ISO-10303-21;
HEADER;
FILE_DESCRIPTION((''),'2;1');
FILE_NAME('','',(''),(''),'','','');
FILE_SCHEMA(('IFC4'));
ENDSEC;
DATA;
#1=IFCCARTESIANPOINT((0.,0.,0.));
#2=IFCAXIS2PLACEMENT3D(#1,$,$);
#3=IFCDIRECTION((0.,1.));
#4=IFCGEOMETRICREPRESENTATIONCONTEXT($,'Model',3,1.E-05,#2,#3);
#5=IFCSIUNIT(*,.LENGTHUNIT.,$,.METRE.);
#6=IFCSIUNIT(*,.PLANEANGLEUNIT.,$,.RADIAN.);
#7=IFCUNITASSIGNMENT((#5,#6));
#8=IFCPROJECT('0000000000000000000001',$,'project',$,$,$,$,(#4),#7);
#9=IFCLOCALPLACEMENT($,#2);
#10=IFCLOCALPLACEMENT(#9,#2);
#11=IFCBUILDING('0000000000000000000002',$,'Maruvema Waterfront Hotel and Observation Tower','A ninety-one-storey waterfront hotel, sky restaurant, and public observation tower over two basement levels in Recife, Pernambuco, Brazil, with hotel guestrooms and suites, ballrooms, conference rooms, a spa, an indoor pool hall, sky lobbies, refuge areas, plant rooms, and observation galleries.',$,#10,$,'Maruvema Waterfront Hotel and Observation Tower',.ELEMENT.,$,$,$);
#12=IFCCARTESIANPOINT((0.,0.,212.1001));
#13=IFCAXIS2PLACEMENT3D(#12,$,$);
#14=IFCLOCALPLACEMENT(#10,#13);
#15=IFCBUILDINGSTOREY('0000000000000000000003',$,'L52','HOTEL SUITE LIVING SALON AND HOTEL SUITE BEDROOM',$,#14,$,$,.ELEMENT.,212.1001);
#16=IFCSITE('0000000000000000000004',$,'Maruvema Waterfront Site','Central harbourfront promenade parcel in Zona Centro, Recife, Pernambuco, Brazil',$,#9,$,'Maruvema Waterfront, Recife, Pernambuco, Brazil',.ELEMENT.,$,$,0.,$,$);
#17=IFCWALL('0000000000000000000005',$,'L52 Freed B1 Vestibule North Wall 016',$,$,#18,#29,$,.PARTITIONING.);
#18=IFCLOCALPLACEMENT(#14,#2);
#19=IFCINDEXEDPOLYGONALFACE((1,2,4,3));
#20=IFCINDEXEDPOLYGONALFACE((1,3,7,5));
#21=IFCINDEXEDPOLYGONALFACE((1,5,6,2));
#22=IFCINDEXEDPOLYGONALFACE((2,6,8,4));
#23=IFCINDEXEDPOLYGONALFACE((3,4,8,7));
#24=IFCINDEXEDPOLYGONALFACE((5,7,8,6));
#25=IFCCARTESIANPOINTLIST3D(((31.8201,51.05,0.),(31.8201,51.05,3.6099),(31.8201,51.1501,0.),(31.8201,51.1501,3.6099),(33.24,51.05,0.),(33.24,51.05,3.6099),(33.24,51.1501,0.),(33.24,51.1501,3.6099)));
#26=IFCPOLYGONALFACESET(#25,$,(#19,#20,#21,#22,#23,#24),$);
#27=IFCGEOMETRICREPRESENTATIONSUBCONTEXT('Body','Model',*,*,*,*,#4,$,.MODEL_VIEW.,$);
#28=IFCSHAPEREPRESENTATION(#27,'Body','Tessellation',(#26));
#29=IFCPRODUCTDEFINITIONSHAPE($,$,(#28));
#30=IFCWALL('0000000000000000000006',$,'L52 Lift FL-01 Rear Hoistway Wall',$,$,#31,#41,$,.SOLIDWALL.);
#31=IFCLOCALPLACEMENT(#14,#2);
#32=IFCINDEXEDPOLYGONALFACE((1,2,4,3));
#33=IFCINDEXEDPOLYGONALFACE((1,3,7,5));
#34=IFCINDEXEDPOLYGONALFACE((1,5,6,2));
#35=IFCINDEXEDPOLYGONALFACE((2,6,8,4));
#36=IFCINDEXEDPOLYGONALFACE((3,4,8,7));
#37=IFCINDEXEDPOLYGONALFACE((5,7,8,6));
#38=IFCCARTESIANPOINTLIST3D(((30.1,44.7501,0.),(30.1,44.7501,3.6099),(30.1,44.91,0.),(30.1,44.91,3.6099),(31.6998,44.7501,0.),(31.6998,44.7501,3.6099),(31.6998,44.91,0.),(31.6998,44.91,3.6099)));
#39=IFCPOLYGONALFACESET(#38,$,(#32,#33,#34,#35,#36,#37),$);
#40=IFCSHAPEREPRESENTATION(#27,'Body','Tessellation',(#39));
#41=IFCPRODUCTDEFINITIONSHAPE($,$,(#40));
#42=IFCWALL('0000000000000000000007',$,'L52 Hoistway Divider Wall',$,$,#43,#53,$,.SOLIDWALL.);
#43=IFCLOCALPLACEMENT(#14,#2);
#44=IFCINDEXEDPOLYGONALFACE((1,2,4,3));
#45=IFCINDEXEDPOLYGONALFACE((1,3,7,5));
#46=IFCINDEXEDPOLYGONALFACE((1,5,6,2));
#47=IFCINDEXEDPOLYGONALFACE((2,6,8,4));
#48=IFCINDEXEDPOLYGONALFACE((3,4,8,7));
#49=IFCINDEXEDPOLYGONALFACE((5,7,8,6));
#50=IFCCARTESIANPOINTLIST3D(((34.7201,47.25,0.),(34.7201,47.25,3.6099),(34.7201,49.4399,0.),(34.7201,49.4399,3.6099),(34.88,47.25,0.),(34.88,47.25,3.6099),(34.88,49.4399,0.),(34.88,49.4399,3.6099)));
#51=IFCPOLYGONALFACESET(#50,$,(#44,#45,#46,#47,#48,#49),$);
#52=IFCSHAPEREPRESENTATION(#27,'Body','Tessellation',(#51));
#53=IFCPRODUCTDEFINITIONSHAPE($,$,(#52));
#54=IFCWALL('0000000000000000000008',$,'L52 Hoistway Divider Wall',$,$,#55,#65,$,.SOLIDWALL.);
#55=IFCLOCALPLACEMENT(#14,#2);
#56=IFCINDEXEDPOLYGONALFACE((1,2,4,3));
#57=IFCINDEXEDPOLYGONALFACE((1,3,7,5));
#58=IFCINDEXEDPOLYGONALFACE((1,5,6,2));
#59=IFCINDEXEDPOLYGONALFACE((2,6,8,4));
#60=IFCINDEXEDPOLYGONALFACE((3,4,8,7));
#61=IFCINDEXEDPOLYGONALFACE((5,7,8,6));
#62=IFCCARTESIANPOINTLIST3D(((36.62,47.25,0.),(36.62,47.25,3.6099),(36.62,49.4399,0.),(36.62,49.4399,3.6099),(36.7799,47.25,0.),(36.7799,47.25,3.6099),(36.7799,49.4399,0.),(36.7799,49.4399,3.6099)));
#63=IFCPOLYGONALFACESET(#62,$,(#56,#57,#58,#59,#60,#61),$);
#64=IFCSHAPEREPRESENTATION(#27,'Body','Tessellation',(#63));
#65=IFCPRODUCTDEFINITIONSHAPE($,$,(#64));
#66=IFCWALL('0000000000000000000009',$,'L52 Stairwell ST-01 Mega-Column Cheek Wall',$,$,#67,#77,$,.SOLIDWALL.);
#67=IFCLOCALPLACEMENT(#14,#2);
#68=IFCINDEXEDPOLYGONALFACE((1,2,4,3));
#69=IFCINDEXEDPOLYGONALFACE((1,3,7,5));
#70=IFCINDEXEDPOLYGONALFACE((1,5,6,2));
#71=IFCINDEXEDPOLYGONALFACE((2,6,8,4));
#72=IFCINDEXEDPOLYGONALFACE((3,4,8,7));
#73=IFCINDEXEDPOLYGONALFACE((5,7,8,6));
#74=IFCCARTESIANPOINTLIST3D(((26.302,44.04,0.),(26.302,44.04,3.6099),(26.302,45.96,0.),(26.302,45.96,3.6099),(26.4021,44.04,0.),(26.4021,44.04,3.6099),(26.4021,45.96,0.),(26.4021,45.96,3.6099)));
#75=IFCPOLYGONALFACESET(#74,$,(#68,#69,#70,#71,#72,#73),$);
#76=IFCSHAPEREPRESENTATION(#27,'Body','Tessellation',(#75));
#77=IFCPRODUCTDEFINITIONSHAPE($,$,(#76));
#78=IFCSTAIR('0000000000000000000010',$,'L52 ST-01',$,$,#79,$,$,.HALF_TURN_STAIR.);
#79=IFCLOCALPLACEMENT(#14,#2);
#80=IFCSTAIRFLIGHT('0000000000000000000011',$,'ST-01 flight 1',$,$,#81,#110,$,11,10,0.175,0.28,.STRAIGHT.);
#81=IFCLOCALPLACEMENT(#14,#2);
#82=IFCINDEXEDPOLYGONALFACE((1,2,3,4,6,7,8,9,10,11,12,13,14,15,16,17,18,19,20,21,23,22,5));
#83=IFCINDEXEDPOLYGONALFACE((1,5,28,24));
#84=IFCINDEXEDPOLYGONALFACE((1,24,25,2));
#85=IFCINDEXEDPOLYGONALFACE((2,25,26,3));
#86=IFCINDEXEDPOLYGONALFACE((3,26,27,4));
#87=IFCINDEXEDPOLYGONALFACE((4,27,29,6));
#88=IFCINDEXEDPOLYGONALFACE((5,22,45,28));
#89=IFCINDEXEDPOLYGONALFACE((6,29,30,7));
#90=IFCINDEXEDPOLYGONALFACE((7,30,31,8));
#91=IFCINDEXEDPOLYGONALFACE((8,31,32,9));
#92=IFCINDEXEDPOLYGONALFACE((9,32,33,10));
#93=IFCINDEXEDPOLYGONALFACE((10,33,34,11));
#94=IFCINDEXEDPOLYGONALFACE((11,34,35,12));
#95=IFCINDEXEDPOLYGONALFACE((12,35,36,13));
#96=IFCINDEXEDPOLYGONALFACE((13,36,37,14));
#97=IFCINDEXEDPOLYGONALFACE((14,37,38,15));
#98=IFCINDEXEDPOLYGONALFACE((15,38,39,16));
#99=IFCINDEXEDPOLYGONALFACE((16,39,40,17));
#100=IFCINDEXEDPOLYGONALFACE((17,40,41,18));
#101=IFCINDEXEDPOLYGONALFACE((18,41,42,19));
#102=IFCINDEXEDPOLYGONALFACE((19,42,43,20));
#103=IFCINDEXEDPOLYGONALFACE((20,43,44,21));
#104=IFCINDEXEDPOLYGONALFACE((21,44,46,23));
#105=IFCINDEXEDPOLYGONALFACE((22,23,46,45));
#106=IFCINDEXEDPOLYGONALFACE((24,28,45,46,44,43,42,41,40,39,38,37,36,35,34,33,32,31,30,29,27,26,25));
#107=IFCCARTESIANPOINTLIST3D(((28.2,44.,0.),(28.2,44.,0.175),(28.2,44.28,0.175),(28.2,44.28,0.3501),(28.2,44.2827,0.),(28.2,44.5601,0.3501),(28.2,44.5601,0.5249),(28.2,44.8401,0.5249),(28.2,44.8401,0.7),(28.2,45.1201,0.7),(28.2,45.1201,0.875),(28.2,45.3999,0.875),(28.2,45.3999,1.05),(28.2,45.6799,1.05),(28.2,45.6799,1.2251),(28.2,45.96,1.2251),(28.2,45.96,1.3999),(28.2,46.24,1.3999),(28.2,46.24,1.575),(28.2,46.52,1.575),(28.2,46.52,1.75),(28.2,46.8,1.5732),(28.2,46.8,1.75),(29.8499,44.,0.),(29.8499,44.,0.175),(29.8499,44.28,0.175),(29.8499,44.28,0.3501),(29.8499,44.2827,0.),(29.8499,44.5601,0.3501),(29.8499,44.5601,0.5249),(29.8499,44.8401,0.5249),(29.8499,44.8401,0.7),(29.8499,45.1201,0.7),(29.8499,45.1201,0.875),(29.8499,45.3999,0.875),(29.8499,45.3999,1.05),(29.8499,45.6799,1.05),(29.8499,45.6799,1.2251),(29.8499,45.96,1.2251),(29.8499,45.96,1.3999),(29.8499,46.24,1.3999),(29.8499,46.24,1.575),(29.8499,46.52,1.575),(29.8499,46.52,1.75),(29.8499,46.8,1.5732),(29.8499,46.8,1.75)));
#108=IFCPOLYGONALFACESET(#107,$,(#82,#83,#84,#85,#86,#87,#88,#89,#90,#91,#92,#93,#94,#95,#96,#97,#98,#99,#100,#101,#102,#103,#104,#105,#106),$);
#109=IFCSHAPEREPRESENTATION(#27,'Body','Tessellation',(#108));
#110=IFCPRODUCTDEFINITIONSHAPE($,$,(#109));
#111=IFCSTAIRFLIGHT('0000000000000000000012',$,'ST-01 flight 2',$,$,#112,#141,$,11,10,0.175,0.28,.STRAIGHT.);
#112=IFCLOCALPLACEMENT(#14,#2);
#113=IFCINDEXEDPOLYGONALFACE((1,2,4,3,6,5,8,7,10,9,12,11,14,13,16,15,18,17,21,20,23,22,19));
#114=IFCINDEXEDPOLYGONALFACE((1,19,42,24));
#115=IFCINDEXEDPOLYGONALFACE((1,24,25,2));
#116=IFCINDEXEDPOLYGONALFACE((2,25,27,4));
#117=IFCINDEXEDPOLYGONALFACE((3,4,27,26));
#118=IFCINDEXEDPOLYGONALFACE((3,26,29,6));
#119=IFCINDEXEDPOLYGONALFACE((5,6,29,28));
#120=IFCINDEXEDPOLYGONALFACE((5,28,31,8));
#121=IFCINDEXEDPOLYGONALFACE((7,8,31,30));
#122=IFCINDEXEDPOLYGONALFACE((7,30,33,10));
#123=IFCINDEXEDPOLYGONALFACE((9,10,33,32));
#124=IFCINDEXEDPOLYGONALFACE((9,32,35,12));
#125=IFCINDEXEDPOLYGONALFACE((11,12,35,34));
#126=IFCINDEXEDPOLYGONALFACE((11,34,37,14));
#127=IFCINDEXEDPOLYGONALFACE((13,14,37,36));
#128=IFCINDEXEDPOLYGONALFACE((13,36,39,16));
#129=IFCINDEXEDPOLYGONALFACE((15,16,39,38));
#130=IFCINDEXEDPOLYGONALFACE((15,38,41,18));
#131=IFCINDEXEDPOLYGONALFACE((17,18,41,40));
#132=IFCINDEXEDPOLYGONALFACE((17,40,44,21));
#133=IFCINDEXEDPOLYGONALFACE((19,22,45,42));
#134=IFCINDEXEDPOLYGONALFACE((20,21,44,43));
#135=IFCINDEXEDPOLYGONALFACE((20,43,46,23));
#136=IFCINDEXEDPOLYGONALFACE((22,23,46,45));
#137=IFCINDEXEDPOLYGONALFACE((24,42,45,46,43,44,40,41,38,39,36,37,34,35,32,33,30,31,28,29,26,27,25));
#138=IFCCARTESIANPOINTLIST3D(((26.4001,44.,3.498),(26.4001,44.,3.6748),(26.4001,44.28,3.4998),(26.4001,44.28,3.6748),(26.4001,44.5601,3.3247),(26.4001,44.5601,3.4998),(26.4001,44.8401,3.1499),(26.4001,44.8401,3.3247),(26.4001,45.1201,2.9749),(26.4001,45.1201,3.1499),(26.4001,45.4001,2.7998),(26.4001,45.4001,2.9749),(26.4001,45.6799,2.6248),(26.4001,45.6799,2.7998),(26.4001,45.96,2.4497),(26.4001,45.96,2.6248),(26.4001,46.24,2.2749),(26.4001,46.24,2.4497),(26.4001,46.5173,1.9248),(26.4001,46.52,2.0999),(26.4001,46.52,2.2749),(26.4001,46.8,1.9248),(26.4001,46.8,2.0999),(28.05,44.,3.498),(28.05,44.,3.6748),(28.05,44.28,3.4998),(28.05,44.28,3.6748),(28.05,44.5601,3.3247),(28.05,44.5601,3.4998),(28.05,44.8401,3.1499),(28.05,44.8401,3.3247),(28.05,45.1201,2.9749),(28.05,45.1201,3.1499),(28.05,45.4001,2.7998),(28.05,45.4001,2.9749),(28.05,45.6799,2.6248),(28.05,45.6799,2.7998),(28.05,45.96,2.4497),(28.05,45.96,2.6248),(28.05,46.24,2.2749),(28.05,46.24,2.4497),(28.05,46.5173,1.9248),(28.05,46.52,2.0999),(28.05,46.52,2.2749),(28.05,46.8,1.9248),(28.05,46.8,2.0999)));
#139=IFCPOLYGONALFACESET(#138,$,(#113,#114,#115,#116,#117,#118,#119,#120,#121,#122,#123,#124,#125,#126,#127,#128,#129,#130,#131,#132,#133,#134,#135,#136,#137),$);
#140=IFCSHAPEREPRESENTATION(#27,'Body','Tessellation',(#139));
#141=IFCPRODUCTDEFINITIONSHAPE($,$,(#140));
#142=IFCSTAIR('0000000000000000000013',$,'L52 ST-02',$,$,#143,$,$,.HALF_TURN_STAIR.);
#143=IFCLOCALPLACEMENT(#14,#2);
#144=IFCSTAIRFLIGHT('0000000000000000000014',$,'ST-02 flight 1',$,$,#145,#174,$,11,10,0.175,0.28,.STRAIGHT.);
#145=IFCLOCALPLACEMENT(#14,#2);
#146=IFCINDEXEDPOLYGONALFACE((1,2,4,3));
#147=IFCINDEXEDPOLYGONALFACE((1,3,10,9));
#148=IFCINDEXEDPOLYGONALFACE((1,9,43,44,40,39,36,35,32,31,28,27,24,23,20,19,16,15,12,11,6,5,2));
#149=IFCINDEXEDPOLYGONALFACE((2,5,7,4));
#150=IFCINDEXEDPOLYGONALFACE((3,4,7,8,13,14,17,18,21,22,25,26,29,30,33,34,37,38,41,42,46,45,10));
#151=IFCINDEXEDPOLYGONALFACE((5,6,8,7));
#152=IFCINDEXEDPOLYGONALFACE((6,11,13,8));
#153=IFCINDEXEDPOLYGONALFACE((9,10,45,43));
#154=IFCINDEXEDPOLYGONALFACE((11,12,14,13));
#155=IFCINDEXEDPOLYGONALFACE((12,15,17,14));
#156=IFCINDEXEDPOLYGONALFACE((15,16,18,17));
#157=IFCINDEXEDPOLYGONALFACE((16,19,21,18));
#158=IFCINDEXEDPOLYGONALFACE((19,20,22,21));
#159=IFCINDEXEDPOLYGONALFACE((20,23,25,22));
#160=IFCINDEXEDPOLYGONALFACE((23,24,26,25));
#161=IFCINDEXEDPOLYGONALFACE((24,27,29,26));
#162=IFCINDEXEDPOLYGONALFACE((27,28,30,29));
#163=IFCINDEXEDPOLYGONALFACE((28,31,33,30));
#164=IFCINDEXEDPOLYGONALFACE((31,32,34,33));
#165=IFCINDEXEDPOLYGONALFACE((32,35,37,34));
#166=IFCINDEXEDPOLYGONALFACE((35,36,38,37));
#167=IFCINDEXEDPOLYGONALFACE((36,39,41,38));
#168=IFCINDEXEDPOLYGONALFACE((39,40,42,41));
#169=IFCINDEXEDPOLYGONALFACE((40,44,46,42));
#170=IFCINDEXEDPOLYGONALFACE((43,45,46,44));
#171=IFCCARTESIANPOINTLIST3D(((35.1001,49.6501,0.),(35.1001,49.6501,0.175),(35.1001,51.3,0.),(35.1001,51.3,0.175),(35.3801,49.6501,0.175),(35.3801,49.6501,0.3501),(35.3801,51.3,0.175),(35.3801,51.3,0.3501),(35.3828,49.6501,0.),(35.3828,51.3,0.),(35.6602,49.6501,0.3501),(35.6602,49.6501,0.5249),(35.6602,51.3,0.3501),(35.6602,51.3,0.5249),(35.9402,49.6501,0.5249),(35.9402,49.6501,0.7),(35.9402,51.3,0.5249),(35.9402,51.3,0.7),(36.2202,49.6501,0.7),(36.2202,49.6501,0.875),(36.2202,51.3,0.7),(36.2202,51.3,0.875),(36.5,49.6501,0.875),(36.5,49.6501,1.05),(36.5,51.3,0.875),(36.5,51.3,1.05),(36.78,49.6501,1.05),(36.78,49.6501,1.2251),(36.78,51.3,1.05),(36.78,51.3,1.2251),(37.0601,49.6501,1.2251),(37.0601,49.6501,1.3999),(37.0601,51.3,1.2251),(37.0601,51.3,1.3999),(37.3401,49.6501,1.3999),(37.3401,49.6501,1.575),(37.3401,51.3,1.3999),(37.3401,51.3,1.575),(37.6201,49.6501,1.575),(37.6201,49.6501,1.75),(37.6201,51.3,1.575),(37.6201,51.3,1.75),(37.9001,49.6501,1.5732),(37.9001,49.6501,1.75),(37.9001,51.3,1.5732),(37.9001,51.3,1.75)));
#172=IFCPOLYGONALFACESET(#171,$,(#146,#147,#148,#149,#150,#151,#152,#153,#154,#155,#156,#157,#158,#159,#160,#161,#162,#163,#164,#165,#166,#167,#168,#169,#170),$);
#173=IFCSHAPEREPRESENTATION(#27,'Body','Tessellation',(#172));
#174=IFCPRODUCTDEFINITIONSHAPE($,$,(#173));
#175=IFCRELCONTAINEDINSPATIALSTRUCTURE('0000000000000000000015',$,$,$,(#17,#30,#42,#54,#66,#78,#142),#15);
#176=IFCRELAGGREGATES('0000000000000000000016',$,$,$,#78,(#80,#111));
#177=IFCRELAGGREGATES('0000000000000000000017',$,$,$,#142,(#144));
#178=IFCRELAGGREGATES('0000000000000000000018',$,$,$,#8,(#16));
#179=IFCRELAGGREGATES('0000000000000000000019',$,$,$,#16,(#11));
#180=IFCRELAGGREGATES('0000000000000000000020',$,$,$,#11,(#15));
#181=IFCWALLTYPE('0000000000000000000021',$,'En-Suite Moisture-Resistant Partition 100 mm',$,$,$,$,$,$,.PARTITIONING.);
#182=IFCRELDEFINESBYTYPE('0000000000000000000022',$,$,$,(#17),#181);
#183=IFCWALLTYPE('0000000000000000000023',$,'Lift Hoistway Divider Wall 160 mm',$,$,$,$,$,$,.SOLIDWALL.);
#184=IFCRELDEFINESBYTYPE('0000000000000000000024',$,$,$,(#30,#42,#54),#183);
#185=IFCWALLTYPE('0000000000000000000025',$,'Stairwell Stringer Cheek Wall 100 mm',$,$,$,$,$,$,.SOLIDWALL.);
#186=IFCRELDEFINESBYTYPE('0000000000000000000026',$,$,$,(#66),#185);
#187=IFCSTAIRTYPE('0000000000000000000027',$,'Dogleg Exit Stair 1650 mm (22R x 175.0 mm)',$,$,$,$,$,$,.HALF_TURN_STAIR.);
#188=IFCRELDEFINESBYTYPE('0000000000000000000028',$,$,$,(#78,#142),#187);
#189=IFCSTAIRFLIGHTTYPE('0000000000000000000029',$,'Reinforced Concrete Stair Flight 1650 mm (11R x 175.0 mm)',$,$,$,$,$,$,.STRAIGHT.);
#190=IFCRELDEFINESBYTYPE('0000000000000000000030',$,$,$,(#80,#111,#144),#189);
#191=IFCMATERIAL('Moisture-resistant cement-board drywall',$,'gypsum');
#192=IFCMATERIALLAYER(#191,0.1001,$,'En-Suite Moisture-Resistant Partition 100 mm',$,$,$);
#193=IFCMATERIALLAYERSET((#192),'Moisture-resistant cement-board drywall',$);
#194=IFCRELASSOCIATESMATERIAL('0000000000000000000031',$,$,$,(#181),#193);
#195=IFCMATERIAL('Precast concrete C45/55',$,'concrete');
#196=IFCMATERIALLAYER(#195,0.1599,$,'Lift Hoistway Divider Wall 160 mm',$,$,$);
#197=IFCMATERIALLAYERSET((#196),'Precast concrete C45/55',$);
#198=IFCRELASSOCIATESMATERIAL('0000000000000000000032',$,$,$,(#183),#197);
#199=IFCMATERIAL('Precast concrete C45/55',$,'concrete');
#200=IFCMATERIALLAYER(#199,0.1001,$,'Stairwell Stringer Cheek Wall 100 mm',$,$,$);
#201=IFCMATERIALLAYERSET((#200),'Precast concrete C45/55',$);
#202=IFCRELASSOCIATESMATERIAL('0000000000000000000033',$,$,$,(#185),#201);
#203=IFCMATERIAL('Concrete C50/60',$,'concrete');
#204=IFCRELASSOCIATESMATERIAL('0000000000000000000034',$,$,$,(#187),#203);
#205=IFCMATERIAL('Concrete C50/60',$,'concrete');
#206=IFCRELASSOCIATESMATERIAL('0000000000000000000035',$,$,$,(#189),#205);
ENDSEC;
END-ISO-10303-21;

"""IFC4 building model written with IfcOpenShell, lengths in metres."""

from ifc_helpers import new_model, si_unit, direction, frame, frame_2d, origin, place, context, subcontext, project, spatial, polyline, rectangle, outline, extrude, material, layer, layer_set, type_object, element, aggregate, save


model = new_model("IFC4")

# Units and contexts
model_context = context("Model", 3, precision=1e-05, world=origin(), true_north=direction((0.0, 1.0)))
body_context = subcontext(model_context, "Body", "Model", "MODEL_VIEW")
ifc_project = project(units=[si_unit("LENGTHUNIT", "METRE"), si_unit("PLANEANGLEUNIT", "RADIAN")], contexts=[model_context])

# Site, building, storey
site_placement = place(None, origin())
site = spatial("IfcSite", under=ifc_project, at=site_placement, Name="Maruvema Waterfront Site", Description="Central harbourfront promenade parcel in Zona Centro, Recife, Pernambuco, Brazil", LongName="Maruvema Waterfront, Recife, Pernambuco, Brazil", CompositionType="ELEMENT", RefElevation=0.0)
building_placement = place(site_placement, origin())
building = spatial("IfcBuilding", under=site, at=building_placement, Name="Maruvema Waterfront Hotel and Observation Tower", Description="A ninety-one-storey waterfront hotel, sky restaurant, and public observation tower over two basement levels in Recife, Pernambuco, Brazil, with hotel guestrooms and suites, ballrooms, conference rooms, a spa, an indoor pool hall, sky lobbies, refuge areas, plant rooms, and observation galleries.", LongName="Maruvema Waterfront Hotel and Observation Tower", CompositionType="ELEMENT")
storey_placement = place(building_placement, frame((0.0, 0.0, 212.1001)))
storey = spatial("IfcBuildingStorey", under=building, at=storey_placement, Name="L52", Description="HOTEL SUITE LIVING SALON AND HOTEL SUITE BEDROOM", CompositionType="ELEMENT", Elevation=212.1001)

# Shared definitions
ifc_material_1 = material(Name="Moisture-resistant cement-board drywall", Category="gypsum")
ifc_layer_1 = layer(ifc_material_1, 0.1001, Name="En-Suite Moisture-Resistant Partition 100 mm")
ifc_layer_set_1 = layer_set([ifc_layer_1], Name="Moisture-resistant cement-board drywall")
wall_type_1 = type_object("IfcWallType", Name="En-Suite Moisture-Resistant Partition 100 mm", PredefinedType="PARTITIONING", material=ifc_layer_set_1)

# Walls
wall_1_placement = place(storey_placement, frame((31.8201, 51.1001, 0.0), z_axis=(0.0, 0.0, 1.0), x_axis=(1.0, 0.0, 0.0)))
element("IfcWall", 1, at=wall_1_placement, inside=storey, type_object=wall_type_1, Name="L52 Freed B1 Vestibule North Wall 016", PredefinedType="PARTITIONING", context=body_context, shape_type="SweptSolid", body=[
    extrude(rectangle(XDim=1.4199, YDim=0.1001, at=frame_2d((0.71, 0.0))), origin(), (0.0, 0.0, 1.0), 3.6099),
])
ifc_material_2 = material(Name="Precast concrete C45/55", Category="concrete")
ifc_layer_2 = layer(ifc_material_2, 0.1599, Name="Lift Hoistway Divider Wall 160 mm")
ifc_layer_set_2 = layer_set([ifc_layer_2], Name="Precast concrete C45/55")
wall_type_2 = type_object("IfcWallType", Name="Lift Hoistway Divider Wall 160 mm", PredefinedType="SOLIDWALL", material=ifc_layer_set_2)
wall_2_placement = place(storey_placement, frame((30.1001, 44.8301, 0.0), z_axis=(0.0, 0.0, 1.0), x_axis=(1.0, 0.0, 0.0)))
element("IfcWall", 2, at=wall_2_placement, inside=storey, type_object=wall_type_2, Name="L52 Lift FL-01 Rear Hoistway Wall", PredefinedType="SOLIDWALL", context=body_context, shape_type="SweptSolid", body=[
    extrude(rectangle(XDim=1.5999, YDim=0.1599, at=frame_2d((0.7998, 0.0))), origin(), (0.0, 0.0, 1.0), 3.6099),
])
for number, where, z_axis, x_axis, name in (
    (3, (34.8, 47.25, 0.0), (0.0, 0.0, 1.0), (0.0, 1.0, 0.0), "L52 Hoistway Divider Wall"),
    (4, (36.7, 47.25, 0.0), (0.0, 0.0, 1.0), (0.0, 1.0, 0.0), "L52 Hoistway Divider Wall"),
):
    element("IfcWall", number, at=place(storey_placement, frame(where, z_axis=z_axis, x_axis=x_axis)), inside=storey, type_object=wall_type_2, Name=name, PredefinedType="SOLIDWALL", context=body_context, shape_type="SweptSolid", body=[
        extrude(rectangle(XDim=2.1899, YDim=0.1599, at=frame_2d((1.095, 0.0))), origin(), (0.0, 0.0, 1.0), 3.6099),
    ])
ifc_material_3 = material(Name="Precast concrete C45/55", Category="concrete")
ifc_layer_3 = layer(ifc_material_3, 0.1001, Name="Stairwell Stringer Cheek Wall 100 mm")
ifc_layer_set_3 = layer_set([ifc_layer_3], Name="Precast concrete C45/55")
wall_type_3 = type_object("IfcWallType", Name="Stairwell Stringer Cheek Wall 100 mm", PredefinedType="SOLIDWALL", material=ifc_layer_set_3)
wall_3_placement = place(storey_placement, frame((26.3521, 44.04, 0.0), z_axis=(0.0, 0.0, 1.0), x_axis=(0.0, 1.0, 0.0)))
element("IfcWall", 5, at=wall_3_placement, inside=storey, type_object=wall_type_3, Name="L52 Stairwell ST-01 Mega-Column Cheek Wall", PredefinedType="SOLIDWALL", context=body_context, shape_type="SweptSolid", body=[
    extrude(rectangle(XDim=1.9199, YDim=0.1001, at=frame_2d((0.96, 0.0))), origin(), (0.0, 0.0, 1.0), 3.6099),
])

# Stair, stair flights
ifc_material_4 = material(Name="Concrete C50/60", Category="concrete")
stair_type = type_object("IfcStairType", Name="Dogleg Exit Stair 1650 mm (22R x 175.0 mm)", PredefinedType="HALF_TURN_STAIR", material=ifc_material_4)
stair_1_placement = place(storey_placement, origin())
stair_1 = element("IfcStair", 6, at=stair_1_placement, inside=storey, type_object=stair_type, Name="L52 ST-01", PredefinedType="HALF_TURN_STAIR")
ifc_material_5 = material(Name="Concrete C50/60", Category="concrete")
stair_flight_type = type_object("IfcStairFlightType", Name="Reinforced Concrete Stair Flight 1650 mm (11R x 175.0 mm)", PredefinedType="STRAIGHT", material=ifc_material_5)
stair_flight_1_placement = place(storey_placement, frame((29.0249, 44.0, 0.0), z_axis=(0.0, 0.0, 1.0), x_axis=(0.0, 1.0, 0.0)))
stair_flight_1 = element("IfcStairFlight", 7, at=stair_flight_1_placement, type_object=stair_flight_type, Name="ST-01 flight 1", NumberOfRisers=11, NumberOfTreads=10, PredefinedType="STRAIGHT", RiserHeight=0.175, TreadLength=0.28, context=body_context, shape_type="SweptSolid", body=[
    extrude(outline(polyline([(0.0, 0.0), (0.0, 0.175), (0.28, 0.175), (0.28, 0.3501), (0.5601, 0.3501), (0.5601, 0.5249), (0.8401, 0.5249), (0.8401, 0.7), (1.1201, 0.7), (1.1201, 0.875), (1.3999, 0.875), (1.3999, 1.05), (1.6799, 1.05), (1.6799, 1.2251), (1.96, 1.2251), (1.96, 1.3999), (2.24, 1.3999), (2.24, 1.575), (2.52, 1.575), (2.52, 1.75), (2.8, 1.75), (2.8, 1.925), (2.8, 1.5732), (0.2827, 0.0), (0.0, 0.0)])), frame((0.0, 0.825, 0.0), z_axis=(0.0, -1.0, 0.0), x_axis=(1.0, 0.0, 0.0)), (0.0, 0.0, 1.0), 1.6499),
])
stair_flight_2_placement = place(storey_placement, frame((27.2251, 46.8, 1.9248), z_axis=(0.0, 0.0, 1.0), x_axis=(0.0, -1.0, 0.0)))
stair_flight_2 = element("IfcStairFlight", 8, at=stair_flight_2_placement, type_object=stair_flight_type, Name="ST-01 flight 2", NumberOfRisers=11, NumberOfTreads=10, PredefinedType="STRAIGHT", RiserHeight=0.175, TreadLength=0.28, context=body_context, shape_type="SweptSolid", body=[
    extrude(outline(polyline([(0.0, 0.0), (0.0, 0.175), (0.28, 0.175), (0.28, 0.3501), (0.5601, 0.3501), (0.5601, 0.5249), (0.8401, 0.5249), (0.8401, 0.7), (1.1201, 0.7), (1.1201, 0.875), (1.3999, 0.875), (1.3999, 1.05), (1.6799, 1.05), (1.6799, 1.2251), (1.96, 1.2251), (1.96, 1.3999), (2.24, 1.3999), (2.24, 1.575), (2.52, 1.575), (2.52, 1.75), (2.8, 1.75), (2.8, 1.925), (2.8, 1.5732), (0.2827, 0.0), (0.0, 0.0)])), frame((0.0, 0.825, 0.0), z_axis=(0.0, -1.0, 0.0), x_axis=(1.0, 0.0, 0.0)), (0.0, 0.0, 1.0), 1.6499),
])
aggregate(stair_1, [stair_flight_1, stair_flight_2])

# Stair, stair flight
stair_2_placement = place(storey_placement, origin())
stair_2 = element("IfcStair", 9, at=stair_2_placement, inside=storey, type_object=stair_type, Name="L52 ST-02", PredefinedType="HALF_TURN_STAIR")
stair_flight_3_placement = place(storey_placement, frame((35.1001, 50.4751, 0.0), z_axis=(0.0, 0.0, 1.0), x_axis=(1.0, 0.0, 0.0)))
stair_flight_3 = element("IfcStairFlight", 10, at=stair_flight_3_placement, type_object=stair_flight_type, Name="ST-02 flight 1", NumberOfRisers=11, NumberOfTreads=10, PredefinedType="STRAIGHT", RiserHeight=0.175, TreadLength=0.28, context=body_context, shape_type="SweptSolid", body=[
    extrude(outline(polyline([(0.0, 0.0), (0.0, 0.175), (0.28, 0.175), (0.28, 0.3501), (0.5601, 0.3501), (0.5601, 0.5249), (0.8401, 0.5249), (0.8401, 0.7), (1.1201, 0.7), (1.1201, 0.875), (1.3999, 0.875), (1.3999, 1.05), (1.6799, 1.05), (1.6799, 1.2251), (1.96, 1.2251), (1.96, 1.3999), (2.24, 1.3999), (2.24, 1.575), (2.52, 1.575), (2.52, 1.75), (2.8, 1.75), (2.8, 1.925), (2.8, 1.5732), (0.2827, 0.0), (0.0, 0.0)])), frame((0.0, 0.825, 0.0), z_axis=(0.0, -1.0, 0.0), x_axis=(1.0, 0.0, 0.0)), (0.0, 0.0, 1.0), 1.6499),
])
aggregate(stair_2, [stair_flight_3])

save(model, "model.ifc")
